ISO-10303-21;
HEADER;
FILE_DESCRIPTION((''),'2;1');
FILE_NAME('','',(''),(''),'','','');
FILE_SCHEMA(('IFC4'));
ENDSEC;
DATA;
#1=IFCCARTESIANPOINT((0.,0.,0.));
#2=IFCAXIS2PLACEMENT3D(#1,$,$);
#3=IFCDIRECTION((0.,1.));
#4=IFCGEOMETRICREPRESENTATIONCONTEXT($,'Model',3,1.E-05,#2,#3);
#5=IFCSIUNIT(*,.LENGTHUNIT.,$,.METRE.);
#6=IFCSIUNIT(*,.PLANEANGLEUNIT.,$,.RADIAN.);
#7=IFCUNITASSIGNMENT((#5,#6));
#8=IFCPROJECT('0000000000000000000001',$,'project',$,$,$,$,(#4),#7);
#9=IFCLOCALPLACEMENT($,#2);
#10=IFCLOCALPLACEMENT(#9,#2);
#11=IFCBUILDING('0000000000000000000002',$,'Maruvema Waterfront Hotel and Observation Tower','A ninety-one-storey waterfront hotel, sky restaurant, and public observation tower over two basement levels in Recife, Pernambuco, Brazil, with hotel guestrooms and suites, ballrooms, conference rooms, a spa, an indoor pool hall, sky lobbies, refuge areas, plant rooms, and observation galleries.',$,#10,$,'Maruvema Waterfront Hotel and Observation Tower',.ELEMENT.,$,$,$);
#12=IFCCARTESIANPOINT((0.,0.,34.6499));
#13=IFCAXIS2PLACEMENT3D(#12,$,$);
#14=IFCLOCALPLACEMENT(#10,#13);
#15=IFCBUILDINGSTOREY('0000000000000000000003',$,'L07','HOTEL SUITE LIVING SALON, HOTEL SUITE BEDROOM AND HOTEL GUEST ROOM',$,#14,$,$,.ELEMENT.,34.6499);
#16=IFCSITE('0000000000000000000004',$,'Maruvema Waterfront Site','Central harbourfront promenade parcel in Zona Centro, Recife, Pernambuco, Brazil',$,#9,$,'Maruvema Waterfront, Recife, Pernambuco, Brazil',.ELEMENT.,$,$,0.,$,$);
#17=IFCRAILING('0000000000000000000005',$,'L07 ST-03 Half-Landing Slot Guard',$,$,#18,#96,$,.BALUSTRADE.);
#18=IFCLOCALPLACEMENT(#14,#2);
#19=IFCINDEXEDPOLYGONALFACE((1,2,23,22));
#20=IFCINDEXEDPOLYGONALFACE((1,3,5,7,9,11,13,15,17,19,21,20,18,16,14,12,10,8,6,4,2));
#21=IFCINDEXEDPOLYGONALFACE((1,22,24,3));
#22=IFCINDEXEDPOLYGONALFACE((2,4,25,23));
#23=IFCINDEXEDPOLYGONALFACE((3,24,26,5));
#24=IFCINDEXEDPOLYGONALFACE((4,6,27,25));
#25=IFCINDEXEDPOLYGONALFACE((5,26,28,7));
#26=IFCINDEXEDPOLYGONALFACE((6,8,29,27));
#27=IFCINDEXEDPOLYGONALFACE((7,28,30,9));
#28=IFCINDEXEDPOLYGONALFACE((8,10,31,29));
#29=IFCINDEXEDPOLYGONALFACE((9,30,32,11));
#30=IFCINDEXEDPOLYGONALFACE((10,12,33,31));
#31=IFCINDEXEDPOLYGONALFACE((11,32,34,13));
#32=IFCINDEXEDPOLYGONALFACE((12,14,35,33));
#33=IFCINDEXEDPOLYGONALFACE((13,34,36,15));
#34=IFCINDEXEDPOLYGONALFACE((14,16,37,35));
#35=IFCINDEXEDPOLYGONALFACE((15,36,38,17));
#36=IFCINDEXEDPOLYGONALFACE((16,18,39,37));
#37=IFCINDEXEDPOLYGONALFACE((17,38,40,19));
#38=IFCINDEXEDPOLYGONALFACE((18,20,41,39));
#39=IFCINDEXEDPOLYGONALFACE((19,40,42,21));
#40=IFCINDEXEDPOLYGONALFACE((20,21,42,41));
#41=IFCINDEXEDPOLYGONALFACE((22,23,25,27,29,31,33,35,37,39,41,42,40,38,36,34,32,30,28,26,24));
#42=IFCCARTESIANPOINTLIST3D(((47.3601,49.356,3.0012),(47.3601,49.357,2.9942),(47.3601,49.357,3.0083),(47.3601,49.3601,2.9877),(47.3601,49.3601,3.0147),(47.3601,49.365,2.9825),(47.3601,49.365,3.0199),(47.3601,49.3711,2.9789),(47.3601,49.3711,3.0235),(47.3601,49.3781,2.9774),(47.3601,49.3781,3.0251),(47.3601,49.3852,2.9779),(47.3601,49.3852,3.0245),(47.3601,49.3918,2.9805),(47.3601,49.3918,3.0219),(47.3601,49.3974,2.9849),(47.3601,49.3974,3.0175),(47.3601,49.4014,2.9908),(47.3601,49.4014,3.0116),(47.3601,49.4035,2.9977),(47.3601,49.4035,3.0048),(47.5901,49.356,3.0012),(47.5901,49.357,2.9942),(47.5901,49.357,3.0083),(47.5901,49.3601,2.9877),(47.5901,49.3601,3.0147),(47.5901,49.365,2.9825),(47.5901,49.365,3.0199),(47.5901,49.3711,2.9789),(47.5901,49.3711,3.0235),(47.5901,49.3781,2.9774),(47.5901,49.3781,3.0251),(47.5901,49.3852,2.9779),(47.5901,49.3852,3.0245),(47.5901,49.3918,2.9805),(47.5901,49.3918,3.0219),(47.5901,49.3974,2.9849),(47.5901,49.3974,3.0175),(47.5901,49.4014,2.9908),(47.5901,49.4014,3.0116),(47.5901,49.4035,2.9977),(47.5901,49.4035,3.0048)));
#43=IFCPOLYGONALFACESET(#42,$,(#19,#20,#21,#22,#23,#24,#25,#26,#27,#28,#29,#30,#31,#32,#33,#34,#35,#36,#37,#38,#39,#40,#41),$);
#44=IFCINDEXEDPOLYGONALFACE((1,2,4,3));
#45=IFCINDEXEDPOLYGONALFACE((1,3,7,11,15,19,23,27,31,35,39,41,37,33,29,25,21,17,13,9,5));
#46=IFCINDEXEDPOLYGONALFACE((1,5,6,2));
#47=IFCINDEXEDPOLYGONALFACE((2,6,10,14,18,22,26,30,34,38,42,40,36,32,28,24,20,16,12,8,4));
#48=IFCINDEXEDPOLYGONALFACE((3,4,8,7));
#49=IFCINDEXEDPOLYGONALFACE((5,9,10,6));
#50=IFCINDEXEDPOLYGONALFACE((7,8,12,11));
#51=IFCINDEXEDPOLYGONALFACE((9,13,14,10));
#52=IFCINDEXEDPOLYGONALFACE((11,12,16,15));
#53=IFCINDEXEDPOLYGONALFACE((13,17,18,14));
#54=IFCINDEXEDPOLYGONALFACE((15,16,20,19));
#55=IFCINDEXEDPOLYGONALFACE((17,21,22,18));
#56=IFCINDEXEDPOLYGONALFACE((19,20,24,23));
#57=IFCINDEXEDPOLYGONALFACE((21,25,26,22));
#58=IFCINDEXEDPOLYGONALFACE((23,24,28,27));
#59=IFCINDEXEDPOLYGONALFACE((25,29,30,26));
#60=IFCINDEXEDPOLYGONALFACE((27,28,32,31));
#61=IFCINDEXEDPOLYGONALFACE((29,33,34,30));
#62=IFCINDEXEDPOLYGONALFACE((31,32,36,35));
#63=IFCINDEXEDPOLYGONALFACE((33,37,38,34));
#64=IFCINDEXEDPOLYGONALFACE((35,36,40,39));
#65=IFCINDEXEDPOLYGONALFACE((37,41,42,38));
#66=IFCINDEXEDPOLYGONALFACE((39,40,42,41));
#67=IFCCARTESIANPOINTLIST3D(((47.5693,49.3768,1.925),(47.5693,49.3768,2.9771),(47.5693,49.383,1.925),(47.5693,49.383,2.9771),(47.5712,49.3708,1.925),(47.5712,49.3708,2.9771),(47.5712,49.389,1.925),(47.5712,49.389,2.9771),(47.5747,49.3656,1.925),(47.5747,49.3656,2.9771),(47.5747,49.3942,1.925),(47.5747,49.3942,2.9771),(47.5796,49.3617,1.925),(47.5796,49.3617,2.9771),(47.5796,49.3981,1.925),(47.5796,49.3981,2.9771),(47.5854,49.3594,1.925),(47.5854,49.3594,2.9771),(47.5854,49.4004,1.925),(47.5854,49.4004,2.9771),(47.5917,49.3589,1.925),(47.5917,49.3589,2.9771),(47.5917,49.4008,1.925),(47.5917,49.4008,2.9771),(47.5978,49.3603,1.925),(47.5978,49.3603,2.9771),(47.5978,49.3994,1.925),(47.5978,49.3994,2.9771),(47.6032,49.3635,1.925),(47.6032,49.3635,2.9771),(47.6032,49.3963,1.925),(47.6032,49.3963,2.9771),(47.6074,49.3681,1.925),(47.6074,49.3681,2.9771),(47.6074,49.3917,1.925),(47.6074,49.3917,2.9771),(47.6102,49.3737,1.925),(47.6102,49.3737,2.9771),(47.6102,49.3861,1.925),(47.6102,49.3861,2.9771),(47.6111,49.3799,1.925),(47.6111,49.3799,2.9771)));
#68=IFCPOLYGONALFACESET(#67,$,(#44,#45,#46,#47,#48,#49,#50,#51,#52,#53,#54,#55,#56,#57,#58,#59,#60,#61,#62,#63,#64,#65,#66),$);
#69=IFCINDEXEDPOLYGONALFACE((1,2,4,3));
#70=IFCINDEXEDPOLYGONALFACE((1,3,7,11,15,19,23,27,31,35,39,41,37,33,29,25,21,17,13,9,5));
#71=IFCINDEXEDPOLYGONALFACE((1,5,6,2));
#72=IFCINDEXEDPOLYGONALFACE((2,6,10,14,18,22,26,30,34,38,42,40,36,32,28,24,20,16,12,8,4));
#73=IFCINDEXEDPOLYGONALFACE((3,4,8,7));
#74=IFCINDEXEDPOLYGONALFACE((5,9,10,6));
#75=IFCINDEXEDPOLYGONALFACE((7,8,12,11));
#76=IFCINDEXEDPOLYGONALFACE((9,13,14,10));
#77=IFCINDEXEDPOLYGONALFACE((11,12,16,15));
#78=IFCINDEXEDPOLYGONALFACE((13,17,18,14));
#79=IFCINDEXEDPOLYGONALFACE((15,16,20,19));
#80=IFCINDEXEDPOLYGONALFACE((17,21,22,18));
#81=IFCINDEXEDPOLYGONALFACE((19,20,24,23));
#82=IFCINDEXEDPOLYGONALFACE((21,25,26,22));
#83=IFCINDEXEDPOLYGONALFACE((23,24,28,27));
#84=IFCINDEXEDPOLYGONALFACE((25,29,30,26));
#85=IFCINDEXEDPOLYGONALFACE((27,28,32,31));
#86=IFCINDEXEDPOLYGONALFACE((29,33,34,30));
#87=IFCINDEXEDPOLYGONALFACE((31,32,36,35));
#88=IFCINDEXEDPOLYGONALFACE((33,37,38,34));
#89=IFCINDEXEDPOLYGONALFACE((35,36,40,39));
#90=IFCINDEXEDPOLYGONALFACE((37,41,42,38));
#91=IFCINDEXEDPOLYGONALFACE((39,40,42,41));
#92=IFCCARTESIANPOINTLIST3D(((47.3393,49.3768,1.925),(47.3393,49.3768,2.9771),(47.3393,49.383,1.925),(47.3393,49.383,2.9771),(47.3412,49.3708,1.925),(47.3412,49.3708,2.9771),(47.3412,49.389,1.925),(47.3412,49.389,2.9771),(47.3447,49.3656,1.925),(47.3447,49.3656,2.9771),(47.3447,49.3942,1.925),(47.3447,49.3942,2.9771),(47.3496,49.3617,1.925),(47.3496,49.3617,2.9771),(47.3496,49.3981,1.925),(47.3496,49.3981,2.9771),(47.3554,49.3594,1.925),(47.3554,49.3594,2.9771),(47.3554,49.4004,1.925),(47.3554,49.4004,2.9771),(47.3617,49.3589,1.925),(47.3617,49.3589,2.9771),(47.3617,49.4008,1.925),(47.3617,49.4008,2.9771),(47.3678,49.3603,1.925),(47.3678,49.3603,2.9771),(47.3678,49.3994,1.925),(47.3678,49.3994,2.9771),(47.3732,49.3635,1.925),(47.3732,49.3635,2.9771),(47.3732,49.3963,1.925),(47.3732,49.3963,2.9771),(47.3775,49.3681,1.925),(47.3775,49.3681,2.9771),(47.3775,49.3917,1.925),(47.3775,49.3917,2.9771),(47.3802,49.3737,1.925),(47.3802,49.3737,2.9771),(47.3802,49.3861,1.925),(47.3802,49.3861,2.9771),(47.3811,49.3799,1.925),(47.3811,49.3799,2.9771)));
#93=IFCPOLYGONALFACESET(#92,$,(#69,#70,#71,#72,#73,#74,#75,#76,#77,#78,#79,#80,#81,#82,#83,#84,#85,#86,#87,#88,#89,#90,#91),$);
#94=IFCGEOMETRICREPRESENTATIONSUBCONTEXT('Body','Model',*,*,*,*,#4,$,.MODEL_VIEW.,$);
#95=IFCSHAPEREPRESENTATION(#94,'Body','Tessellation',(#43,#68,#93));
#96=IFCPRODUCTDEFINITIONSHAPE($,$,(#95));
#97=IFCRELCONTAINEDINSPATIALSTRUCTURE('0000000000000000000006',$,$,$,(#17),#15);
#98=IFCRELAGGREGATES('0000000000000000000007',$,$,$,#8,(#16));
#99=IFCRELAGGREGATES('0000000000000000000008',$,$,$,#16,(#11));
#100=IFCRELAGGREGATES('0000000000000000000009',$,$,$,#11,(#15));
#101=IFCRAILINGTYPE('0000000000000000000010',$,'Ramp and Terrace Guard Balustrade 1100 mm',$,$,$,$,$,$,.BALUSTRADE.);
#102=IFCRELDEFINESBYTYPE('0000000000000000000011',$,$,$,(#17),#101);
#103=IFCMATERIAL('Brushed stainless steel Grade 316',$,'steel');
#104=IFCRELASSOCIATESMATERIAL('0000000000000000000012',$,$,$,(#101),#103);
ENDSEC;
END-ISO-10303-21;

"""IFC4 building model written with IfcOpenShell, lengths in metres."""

from ifc_helpers import new_model, si_unit, direction, frame, origin, origin_2d, place, context, subcontext, project, spatial, circle, extrude, material, type_object, element, save


model = new_model("IFC4")

# Units and contexts
model_context = context("Model", 3, precision=1e-05, world=origin(), true_north=direction((0.0, 1.0)))
body_context = subcontext(model_context, "Body", "Model", "MODEL_VIEW")
ifc_project = project(units=[si_unit("LENGTHUNIT", "METRE"), si_unit("PLANEANGLEUNIT", "RADIAN")], contexts=[model_context])

# Site, building, storey
site_placement = place(None, origin())
site = spatial("IfcSite", under=ifc_project, at=site_placement, Name="Maruvema Waterfront Site", Description="Central harbourfront promenade parcel in Zona Centro, Recife, Pernambuco, Brazil", LongName="Maruvema Waterfront, Recife, Pernambuco, Brazil", CompositionType="ELEMENT", RefElevation=0.0)
building_placement = place(site_placement, origin())
building = spatial("IfcBuilding", under=site, at=building_placement, Name="Maruvema Waterfront Hotel and Observation Tower", Description="A ninety-one-storey waterfront hotel, sky restaurant, and public observation tower over two basement levels in Recife, Pernambuco, Brazil, with hotel guestrooms and suites, ballrooms, conference rooms, a spa, an indoor pool hall, sky lobbies, refuge areas, plant rooms, and observation galleries.", LongName="Maruvema Waterfront Hotel and Observation Tower", CompositionType="ELEMENT")
storey_placement = place(building_placement, frame((0.0, 0.0, 34.6499)))
storey = spatial("IfcBuildingStorey", under=building, at=storey_placement, Name="L07", Description="HOTEL SUITE LIVING SALON, HOTEL SUITE BEDROOM AND HOTEL GUEST ROOM", CompositionType="ELEMENT", Elevation=34.6499)

# Railing
ifc_material_1 = material(Name="Brushed stainless steel Grade 316", Category="steel")
railing_type_1 = type_object("IfcRailingType", Name="Ramp and Terrace Guard Balustrade 1100 mm", PredefinedType="BALUSTRADE", material=ifc_material_1)
railing_1_placement = place(storey_placement, frame((47.5901, 49.3799, 1.925)))
element("IfcRailing", 1, at=railing_1_placement, inside=storey, type_object=railing_type_1, Name="L07 ST-03 Half-Landing Slot Guard", PredefinedType="BALUSTRADE", context=body_context, shape_type="SweptSolid", body=[
    extrude(circle(Radius=0.0239, at=origin_2d()), frame((0.0, 0.0, 1.0762), z_axis=(-1.0, 0.0, 0.0), x_axis=(0.0, -1.0, 0.0)), (0.0, 0.0, 1.0), 0.23),
    extrude(circle(Radius=0.021, at=origin_2d()), origin(), (0.0, 0.0, 1.0), 1.052),
    extrude(circle(Radius=0.021, at=origin_2d()), frame((-0.23, 0.0, 0.0)), (0.0, 0.0, 1.0), 1.052),
])

save(model, "model.ifc")
